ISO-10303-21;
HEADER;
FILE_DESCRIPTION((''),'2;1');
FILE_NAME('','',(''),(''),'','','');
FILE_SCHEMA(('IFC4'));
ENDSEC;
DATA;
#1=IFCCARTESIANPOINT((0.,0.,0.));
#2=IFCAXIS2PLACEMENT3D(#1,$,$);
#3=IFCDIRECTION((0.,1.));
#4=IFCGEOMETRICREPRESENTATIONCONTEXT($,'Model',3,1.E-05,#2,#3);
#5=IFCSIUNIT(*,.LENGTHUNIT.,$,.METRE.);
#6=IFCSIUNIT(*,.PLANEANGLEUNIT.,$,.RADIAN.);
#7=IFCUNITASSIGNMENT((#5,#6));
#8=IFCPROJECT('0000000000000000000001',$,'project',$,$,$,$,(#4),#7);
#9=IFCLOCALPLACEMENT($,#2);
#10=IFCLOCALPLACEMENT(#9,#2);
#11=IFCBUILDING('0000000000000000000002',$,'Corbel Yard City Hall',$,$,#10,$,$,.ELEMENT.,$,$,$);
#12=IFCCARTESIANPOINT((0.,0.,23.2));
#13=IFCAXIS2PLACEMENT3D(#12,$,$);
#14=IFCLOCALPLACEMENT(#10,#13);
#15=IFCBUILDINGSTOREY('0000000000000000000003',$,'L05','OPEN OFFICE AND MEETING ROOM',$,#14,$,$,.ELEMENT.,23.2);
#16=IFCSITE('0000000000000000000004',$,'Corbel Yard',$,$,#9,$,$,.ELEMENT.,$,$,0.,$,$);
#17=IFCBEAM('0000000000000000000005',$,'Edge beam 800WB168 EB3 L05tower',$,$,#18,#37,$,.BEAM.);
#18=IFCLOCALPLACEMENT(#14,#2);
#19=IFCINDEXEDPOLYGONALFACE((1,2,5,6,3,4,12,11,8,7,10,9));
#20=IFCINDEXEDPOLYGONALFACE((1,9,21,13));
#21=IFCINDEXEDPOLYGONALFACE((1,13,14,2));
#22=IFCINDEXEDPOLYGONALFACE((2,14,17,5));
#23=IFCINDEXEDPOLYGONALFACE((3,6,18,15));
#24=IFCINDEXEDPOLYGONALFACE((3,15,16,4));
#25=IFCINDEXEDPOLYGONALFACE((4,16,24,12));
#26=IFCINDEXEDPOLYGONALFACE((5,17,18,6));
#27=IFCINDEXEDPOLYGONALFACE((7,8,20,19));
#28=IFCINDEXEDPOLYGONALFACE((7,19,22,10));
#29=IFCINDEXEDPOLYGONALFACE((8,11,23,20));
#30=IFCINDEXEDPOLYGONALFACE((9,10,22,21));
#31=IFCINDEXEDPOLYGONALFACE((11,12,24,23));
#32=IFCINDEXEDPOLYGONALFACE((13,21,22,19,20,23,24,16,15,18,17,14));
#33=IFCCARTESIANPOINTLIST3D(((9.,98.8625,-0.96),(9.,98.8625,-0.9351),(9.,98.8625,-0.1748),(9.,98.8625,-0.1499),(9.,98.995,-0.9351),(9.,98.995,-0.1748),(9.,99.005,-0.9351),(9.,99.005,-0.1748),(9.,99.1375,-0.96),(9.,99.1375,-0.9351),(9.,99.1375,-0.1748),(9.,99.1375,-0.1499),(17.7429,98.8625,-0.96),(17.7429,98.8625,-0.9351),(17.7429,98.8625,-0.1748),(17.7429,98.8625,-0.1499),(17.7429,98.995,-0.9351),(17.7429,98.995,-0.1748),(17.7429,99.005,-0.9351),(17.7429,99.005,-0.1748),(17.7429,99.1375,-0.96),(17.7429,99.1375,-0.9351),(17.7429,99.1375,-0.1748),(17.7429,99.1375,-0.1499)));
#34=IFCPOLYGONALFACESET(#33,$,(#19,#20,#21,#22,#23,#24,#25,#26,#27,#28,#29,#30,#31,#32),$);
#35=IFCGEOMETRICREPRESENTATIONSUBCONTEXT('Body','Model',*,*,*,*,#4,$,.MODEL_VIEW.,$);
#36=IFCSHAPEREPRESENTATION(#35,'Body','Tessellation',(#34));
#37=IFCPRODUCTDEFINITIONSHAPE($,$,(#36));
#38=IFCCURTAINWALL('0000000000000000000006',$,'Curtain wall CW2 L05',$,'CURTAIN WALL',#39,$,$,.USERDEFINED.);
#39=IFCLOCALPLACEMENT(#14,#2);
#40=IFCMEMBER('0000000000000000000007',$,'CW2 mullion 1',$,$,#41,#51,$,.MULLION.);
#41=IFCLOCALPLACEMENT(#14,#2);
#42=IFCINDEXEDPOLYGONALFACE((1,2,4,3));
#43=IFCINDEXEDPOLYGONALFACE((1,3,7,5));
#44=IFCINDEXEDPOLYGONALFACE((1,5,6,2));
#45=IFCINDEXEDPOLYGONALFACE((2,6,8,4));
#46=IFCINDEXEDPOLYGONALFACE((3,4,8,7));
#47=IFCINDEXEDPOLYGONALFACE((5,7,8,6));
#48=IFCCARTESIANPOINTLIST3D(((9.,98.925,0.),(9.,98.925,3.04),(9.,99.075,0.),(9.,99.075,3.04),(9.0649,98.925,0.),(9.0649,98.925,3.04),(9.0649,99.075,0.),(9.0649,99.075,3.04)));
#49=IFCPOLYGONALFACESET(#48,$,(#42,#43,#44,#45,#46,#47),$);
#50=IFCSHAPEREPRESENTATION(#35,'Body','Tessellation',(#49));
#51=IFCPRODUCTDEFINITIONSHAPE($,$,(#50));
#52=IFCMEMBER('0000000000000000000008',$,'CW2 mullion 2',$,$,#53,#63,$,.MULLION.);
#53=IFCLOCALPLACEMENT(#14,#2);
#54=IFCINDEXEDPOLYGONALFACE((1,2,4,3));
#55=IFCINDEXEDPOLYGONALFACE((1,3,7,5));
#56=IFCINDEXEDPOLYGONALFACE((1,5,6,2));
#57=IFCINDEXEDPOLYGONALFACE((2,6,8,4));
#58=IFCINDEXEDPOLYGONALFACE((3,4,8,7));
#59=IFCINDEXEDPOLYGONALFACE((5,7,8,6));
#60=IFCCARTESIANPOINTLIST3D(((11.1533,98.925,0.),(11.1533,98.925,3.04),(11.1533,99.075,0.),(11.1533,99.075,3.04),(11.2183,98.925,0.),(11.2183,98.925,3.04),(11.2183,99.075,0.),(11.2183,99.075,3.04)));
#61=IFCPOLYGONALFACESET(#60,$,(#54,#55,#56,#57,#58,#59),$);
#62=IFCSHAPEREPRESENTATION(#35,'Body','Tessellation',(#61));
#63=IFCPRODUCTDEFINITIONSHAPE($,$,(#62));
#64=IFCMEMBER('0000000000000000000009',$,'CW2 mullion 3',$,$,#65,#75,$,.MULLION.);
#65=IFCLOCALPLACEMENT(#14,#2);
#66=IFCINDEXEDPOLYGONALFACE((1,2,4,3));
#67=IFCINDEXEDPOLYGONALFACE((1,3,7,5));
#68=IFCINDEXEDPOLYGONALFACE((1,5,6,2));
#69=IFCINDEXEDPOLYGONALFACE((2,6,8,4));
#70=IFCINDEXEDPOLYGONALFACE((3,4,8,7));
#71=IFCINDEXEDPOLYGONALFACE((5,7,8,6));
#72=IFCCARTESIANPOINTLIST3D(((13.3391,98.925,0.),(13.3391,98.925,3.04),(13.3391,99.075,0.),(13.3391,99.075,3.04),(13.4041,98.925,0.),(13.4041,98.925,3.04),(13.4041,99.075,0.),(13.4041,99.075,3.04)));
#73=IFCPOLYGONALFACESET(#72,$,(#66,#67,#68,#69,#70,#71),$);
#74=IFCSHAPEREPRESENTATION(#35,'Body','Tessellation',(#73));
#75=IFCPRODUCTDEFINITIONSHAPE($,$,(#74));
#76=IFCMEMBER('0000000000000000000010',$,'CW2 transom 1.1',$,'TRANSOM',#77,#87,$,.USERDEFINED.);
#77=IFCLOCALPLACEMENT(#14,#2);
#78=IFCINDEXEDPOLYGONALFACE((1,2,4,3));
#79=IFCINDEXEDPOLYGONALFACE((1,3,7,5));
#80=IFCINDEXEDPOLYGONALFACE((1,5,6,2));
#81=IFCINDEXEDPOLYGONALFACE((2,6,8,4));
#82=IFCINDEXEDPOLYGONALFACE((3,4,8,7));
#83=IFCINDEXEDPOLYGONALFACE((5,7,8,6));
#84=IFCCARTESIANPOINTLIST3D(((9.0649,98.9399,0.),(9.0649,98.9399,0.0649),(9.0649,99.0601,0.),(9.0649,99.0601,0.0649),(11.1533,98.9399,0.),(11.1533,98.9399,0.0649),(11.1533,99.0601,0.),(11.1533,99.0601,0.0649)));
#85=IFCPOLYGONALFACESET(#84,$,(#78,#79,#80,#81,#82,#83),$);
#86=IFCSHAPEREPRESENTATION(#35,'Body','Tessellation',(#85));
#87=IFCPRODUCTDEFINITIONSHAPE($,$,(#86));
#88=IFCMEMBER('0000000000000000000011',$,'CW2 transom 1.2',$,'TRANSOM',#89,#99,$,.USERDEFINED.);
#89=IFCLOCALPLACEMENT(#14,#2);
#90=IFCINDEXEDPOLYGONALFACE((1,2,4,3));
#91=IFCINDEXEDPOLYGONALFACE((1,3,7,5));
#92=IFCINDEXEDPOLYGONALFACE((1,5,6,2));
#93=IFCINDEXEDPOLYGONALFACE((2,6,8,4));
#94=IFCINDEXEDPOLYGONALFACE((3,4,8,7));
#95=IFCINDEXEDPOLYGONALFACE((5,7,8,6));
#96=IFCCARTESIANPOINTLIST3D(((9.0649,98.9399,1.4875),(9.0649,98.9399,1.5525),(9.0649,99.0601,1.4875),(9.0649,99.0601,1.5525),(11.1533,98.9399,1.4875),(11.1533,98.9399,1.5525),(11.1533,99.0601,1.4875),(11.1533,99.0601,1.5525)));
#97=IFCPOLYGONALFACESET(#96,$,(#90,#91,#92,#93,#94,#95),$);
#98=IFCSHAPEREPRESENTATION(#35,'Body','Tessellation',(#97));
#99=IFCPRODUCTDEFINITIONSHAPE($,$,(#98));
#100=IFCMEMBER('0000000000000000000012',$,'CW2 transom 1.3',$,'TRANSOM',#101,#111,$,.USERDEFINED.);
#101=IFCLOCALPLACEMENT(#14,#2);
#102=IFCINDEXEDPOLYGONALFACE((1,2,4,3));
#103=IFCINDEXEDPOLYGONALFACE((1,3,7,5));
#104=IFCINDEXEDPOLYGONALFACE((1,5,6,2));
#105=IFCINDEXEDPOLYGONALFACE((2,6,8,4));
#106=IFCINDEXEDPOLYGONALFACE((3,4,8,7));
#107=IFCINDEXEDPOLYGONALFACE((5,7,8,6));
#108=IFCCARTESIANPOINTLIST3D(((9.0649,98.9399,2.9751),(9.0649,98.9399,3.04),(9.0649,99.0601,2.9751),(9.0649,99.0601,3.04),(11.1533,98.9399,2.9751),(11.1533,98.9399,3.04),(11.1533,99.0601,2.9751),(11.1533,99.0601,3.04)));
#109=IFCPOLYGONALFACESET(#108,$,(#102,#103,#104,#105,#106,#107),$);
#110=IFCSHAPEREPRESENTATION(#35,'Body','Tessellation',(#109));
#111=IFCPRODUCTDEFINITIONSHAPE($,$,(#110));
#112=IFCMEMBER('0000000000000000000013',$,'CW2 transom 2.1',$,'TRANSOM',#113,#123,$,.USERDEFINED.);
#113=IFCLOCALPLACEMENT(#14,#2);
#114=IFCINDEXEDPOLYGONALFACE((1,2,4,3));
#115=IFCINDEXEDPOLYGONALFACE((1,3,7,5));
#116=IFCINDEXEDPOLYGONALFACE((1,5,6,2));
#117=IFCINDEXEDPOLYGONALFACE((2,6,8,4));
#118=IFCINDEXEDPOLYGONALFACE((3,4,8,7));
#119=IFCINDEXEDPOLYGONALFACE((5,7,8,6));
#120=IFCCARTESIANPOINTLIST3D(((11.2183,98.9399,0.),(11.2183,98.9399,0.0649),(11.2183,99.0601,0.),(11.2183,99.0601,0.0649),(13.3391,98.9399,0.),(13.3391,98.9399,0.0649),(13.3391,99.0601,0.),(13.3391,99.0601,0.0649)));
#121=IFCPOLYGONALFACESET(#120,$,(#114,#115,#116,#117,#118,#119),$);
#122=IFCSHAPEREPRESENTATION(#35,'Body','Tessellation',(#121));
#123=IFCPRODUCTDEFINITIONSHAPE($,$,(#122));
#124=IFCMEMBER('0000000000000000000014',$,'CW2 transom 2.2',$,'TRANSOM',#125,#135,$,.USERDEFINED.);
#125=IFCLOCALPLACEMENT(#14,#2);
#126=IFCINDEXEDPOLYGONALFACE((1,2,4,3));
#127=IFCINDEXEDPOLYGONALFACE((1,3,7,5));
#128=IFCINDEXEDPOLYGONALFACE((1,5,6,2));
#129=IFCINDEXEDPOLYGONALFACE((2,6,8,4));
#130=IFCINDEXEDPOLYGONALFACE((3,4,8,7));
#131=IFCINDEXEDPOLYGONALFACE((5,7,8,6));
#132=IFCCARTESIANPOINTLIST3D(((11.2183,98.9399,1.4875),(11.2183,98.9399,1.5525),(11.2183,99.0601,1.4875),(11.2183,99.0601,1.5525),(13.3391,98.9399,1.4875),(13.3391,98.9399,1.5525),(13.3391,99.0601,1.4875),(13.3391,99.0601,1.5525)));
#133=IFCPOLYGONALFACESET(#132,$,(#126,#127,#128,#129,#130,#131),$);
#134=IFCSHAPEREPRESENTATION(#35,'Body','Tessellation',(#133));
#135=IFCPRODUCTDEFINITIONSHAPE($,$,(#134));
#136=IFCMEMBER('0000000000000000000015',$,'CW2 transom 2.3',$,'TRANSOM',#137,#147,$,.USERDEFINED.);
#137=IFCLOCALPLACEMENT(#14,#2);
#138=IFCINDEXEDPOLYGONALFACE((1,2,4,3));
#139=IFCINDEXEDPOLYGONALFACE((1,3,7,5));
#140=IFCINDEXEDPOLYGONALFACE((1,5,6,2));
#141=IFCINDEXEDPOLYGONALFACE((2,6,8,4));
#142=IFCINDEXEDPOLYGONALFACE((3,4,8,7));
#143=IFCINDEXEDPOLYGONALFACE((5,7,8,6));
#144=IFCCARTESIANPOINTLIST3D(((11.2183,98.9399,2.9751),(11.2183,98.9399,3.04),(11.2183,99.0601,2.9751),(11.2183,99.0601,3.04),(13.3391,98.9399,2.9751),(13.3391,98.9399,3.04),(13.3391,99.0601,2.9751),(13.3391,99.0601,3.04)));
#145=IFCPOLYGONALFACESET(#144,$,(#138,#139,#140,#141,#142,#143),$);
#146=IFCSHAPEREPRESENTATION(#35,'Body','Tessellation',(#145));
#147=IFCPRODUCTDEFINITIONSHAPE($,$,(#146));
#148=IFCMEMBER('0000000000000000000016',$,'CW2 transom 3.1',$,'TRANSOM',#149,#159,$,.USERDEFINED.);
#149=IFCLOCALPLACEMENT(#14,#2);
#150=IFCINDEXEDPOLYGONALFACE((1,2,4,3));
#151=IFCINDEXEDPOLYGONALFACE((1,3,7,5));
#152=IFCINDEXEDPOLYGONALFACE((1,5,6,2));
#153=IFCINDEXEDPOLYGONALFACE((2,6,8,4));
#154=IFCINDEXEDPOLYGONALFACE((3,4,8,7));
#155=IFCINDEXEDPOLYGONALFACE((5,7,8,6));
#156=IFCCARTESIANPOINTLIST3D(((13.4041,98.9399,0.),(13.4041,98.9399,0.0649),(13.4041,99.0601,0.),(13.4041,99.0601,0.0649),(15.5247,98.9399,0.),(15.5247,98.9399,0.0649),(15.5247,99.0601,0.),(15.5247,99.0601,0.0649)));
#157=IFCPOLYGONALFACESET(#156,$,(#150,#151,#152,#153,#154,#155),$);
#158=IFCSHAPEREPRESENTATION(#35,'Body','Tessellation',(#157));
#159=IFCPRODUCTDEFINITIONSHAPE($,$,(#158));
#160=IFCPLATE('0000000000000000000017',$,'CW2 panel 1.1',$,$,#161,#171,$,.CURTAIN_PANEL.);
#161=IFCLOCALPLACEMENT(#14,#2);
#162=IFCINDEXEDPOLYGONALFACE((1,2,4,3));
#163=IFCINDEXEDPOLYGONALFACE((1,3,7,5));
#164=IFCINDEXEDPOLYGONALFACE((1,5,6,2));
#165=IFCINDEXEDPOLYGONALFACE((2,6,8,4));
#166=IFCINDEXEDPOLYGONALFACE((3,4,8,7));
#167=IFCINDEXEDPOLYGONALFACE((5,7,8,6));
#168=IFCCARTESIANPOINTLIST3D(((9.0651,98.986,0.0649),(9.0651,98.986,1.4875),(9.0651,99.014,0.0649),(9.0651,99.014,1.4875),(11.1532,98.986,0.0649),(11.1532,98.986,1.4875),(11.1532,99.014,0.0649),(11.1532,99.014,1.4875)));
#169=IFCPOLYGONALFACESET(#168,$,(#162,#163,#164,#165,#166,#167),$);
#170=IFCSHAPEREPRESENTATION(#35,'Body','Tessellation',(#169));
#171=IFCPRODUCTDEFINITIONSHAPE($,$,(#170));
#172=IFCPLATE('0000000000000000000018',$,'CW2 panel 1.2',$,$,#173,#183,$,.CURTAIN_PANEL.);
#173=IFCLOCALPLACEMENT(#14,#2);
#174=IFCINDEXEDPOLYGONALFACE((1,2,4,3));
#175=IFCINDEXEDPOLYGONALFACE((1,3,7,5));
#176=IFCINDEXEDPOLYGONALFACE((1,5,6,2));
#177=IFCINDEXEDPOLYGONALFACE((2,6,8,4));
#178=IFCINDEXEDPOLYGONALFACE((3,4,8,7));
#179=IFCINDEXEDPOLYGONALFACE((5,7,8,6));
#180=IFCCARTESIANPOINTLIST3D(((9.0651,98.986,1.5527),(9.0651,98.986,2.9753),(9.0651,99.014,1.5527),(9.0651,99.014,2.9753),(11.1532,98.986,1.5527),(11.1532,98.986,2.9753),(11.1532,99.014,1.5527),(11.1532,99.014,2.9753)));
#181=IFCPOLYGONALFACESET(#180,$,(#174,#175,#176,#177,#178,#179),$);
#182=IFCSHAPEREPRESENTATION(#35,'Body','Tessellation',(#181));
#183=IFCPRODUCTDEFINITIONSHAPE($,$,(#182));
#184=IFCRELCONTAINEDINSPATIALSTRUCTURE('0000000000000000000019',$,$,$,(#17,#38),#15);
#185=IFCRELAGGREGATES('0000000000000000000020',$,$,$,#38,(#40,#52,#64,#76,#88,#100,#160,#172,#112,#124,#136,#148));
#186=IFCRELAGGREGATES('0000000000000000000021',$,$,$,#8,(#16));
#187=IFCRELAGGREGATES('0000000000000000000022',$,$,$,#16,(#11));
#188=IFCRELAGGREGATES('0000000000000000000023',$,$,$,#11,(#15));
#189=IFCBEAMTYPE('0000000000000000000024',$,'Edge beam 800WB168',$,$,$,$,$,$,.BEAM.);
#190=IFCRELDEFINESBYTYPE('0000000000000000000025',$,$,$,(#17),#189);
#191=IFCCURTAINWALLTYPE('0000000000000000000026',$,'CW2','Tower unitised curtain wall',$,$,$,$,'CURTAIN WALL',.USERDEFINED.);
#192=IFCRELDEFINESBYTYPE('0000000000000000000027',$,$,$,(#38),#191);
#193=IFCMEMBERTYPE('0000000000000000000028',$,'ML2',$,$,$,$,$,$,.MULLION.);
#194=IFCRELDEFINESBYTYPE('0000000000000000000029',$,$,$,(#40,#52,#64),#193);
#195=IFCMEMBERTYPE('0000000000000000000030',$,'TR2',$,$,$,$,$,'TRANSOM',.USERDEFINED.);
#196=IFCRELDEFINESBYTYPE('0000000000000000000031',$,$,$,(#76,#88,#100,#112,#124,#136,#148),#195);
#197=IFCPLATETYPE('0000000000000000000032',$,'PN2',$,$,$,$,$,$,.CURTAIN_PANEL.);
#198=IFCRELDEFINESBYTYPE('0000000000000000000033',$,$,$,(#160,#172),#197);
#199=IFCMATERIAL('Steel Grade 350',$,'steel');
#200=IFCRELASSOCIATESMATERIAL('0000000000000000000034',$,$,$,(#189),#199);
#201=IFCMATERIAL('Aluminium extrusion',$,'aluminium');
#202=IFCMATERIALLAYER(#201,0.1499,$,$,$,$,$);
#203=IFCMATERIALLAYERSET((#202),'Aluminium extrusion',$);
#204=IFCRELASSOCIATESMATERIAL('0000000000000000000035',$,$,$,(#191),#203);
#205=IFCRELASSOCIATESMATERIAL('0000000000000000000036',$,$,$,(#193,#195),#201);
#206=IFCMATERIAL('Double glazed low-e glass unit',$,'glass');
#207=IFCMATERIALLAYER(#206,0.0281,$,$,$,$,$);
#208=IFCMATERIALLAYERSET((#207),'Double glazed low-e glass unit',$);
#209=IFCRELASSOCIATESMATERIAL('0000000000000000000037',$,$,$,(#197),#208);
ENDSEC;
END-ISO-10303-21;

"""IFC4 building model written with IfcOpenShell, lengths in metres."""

from ifc_helpers import new_model, si_unit, direction, frame, origin, origin_2d, place, context, subcontext, project, spatial, rectangle, i_section, extrude, material, layer, layer_set, material_profile, profile_set, type_object, element, aggregate, save


model = new_model("IFC4")

# Units and contexts
model_context = context("Model", 3, precision=1e-05, world=origin(), true_north=direction((0.0, 1.0)))
body_context = subcontext(model_context, "Body", "Model", "MODEL_VIEW")
ifc_project = project(units=[si_unit("LENGTHUNIT", "METRE"), si_unit("PLANEANGLEUNIT", "RADIAN")], contexts=[model_context])

# Site, building, storey
site_placement = place(None, origin())
site = spatial("IfcSite", under=ifc_project, at=site_placement, Name="Corbel Yard", CompositionType="ELEMENT", RefElevation=0.0)
building_placement = place(site_placement, origin())
building = spatial("IfcBuilding", under=site, at=building_placement, Name="Corbel Yard City Hall", CompositionType="ELEMENT")
storey_placement = place(building_placement, frame((0.0, 0.0, 23.2)))
storey = spatial("IfcBuildingStorey", under=building, at=storey_placement, Name="L05", Description="OPEN OFFICE AND MEETING ROOM", CompositionType="ELEMENT", Elevation=23.2)

# Beam
ifc_material_1 = material(Name="Steel Grade 350", Category="steel")
ifc_material_profile_1 = material_profile(ifc_material_1, i_section(OverallWidth=0.2749, OverallDepth=0.8101, WebThickness=0.01, FlangeThickness=0.0249, at=origin_2d()), Name="800WB168")
ifc_profile_set_1 = profile_set([ifc_material_profile_1], Name="Steel Grade 350")
beam_type = type_object("IfcBeamType", Name="Edge beam 800WB168", PredefinedType="BEAM", material=ifc_profile_set_1)
beam_placement = place(storey_placement, frame((9.0, 99.0, -0.5549), z_axis=(1.0, 0.0, 0.0), x_axis=(0.0, 1.0, 0.0)))
element("IfcBeam", 1, at=beam_placement, inside=storey, type_object=beam_type, Name="Edge beam 800WB168 EB3 L05tower", PredefinedType="BEAM", context=body_context, shape_type="SweptSolid", body=[
    extrude(i_section(OverallWidth=0.2749, OverallDepth=0.8101, WebThickness=0.01, FlangeThickness=0.0249, at=origin_2d()), origin(), (0.0, 0.0, 1.0), 8.7429),
])

# Curtain wall, members, plates
ifc_material_2 = material(Name="Aluminium extrusion", Category="aluminium")
ifc_layer_1 = layer(ifc_material_2, 0.1499)
ifc_layer_set_1 = layer_set([ifc_layer_1], Name="Aluminium extrusion")
curtain_wall_type = type_object("IfcCurtainWallType", Name="CW2", Description="Tower unitised curtain wall", ElementType="CURTAIN WALL", PredefinedType="USERDEFINED", material=ifc_layer_set_1)
curtain_wall_placement = place(storey_placement, origin())
curtain_wall = element("IfcCurtainWall", 2, at=curtain_wall_placement, inside=storey, type_object=curtain_wall_type, Name="Curtain wall CW2 L05", ObjectType="CURTAIN WALL", PredefinedType="USERDEFINED")
ifc_material_profile_2 = material_profile(ifc_material_2, rectangle(XDim=0.1499, YDim=0.0649, at=origin_2d()), Name="150x65")
ifc_profile_set_2 = profile_set([ifc_material_profile_2], Name="Aluminium extrusion")
member_type_1 = type_object("IfcMemberType", Name="ML2", PredefinedType="MULLION", material=ifc_profile_set_2)
member_1_placement = place(storey_placement, frame((9.0325, 99.0, 0.0), z_axis=(0.0, 0.0, 1.0), x_axis=(0.0, 1.0, 0.0)))
member_1 = element("IfcMember", 3, at=member_1_placement, type_object=member_type_1, Name="CW2 mullion 1", PredefinedType="MULLION", context=body_context, shape_type="SweptSolid", body=[
    extrude(rectangle(XDim=0.1499, YDim=0.0649, at=origin_2d()), origin(), (0.0, 0.0, 1.0), 3.04),
])
member_2_placement = place(storey_placement, frame((11.1858, 99.0, 0.0), z_axis=(0.0, 0.0, 1.0), x_axis=(0.0, 1.0, 0.0)))
member_2 = element("IfcMember", 4, at=member_2_placement, type_object=member_type_1, Name="CW2 mullion 2", PredefinedType="MULLION", context=body_context, shape_type="SweptSolid", body=[
    extrude(rectangle(XDim=0.1499, YDim=0.0649, at=origin_2d()), origin(), (0.0, 0.0, 1.0), 3.04),
])
member_3_placement = place(storey_placement, frame((13.3716, 99.0, 0.0), z_axis=(0.0, 0.0, 1.0), x_axis=(0.0, 1.0, 0.0)))
member_3 = element("IfcMember", 5, at=member_3_placement, type_object=member_type_1, Name="CW2 mullion 3", PredefinedType="MULLION", context=body_context, shape_type="SweptSolid", body=[
    extrude(rectangle(XDim=0.1499, YDim=0.0649, at=origin_2d()), origin(), (0.0, 0.0, 1.0), 3.04),
])
ifc_material_profile_3 = material_profile(ifc_material_2, rectangle(XDim=0.1201, YDim=0.0649, at=origin_2d()), Name="120x65")
ifc_profile_set_3 = profile_set([ifc_material_profile_3], Name="Aluminium extrusion")
member_type_2 = type_object("IfcMemberType", Name="TR2", ElementType="TRANSOM", PredefinedType="USERDEFINED", material=ifc_profile_set_3)
member_4_placement = place(storey_placement, frame((9.0649, 99.0, 0.0325), z_axis=(1.0, 0.0, 0.0), x_axis=(0.0, 1.0, 0.0)))
member_4 = element("IfcMember", 6, at=member_4_placement, type_object=member_type_2, Name="CW2 transom 1.1", ObjectType="TRANSOM", PredefinedType="USERDEFINED", context=body_context, shape_type="SweptSolid", body=[
    extrude(rectangle(XDim=0.1201, YDim=0.0649, at=origin_2d()), origin(), (0.0, 0.0, 1.0), 2.0884),
])
member_5_placement = place(storey_placement, frame((9.0649, 99.0, 1.52), z_axis=(1.0, 0.0, 0.0), x_axis=(0.0, 1.0, 0.0)))
member_5 = element("IfcMember", 7, at=member_5_placement, type_object=member_type_2, Name="CW2 transom 1.2", ObjectType="TRANSOM", PredefinedType="USERDEFINED", context=body_context, shape_type="SweptSolid", body=[
    extrude(rectangle(XDim=0.1201, YDim=0.0649, at=origin_2d()), origin(), (0.0, 0.0, 1.0), 2.0884),
])
member_6_placement = place(storey_placement, frame((9.0649, 99.0, 3.0076), z_axis=(1.0, 0.0, 0.0), x_axis=(0.0, 1.0, 0.0)))
member_6 = element("IfcMember", 8, at=member_6_placement, type_object=member_type_2, Name="CW2 transom 1.3", ObjectType="TRANSOM", PredefinedType="USERDEFINED", context=body_context, shape_type="SweptSolid", body=[
    extrude(rectangle(XDim=0.1201, YDim=0.0649, at=origin_2d()), origin(), (0.0, 0.0, 1.0), 2.0884),
])
member_7_placement = place(storey_placement, frame((11.2183, 99.0, 0.0325), z_axis=(1.0, 0.0, 0.0), x_axis=(0.0, 1.0, 0.0)))
member_7 = element("IfcMember", 9, at=member_7_placement, type_object=member_type_2, Name="CW2 transom 2.1", ObjectType="TRANSOM", PredefinedType="USERDEFINED", context=body_context, shape_type="SweptSolid", body=[
    extrude(rectangle(XDim=0.1201, YDim=0.0649, at=origin_2d()), origin(), (0.0, 0.0, 1.0), 2.1208),
])
member_8_placement = place(storey_placement, frame((11.2183, 99.0, 1.52), z_axis=(1.0, 0.0, 0.0), x_axis=(0.0, 1.0, 0.0)))
member_8 = element("IfcMember", 10, at=member_8_placement, type_object=member_type_2, Name="CW2 transom 2.2", ObjectType="TRANSOM", PredefinedType="USERDEFINED", context=body_context, shape_type="SweptSolid", body=[
    extrude(rectangle(XDim=0.1201, YDim=0.0649, at=origin_2d()), origin(), (0.0, 0.0, 1.0), 2.1208),
])
member_9_placement = place(storey_placement, frame((11.2183, 99.0, 3.0076), z_axis=(1.0, 0.0, 0.0), x_axis=(0.0, 1.0, 0.0)))
member_9 = element("IfcMember", 11, at=member_9_placement, type_object=member_type_2, Name="CW2 transom 2.3", ObjectType="TRANSOM", PredefinedType="USERDEFINED", context=body_context, shape_type="SweptSolid", body=[
    extrude(rectangle(XDim=0.1201, YDim=0.0649, at=origin_2d()), origin(), (0.0, 0.0, 1.0), 2.1208),
])
member_10_placement = place(storey_placement, frame((13.4041, 99.0, 0.0325), z_axis=(1.0, 0.0, 0.0), x_axis=(0.0, 1.0, 0.0)))
member_10 = element("IfcMember", 12, at=member_10_placement, type_object=member_type_2, Name="CW2 transom 3.1", ObjectType="TRANSOM", PredefinedType="USERDEFINED", context=body_context, shape_type="SweptSolid", body=[
    extrude(rectangle(XDim=0.1201, YDim=0.0649, at=origin_2d()), origin(), (0.0, 0.0, 1.0), 2.1206),
])
ifc_material_3 = material(Name="Double glazed low-e glass unit", Category="glass")
ifc_layer_2 = layer(ifc_material_3, 0.0281)
ifc_layer_set_2 = layer_set([ifc_layer_2], Name="Double glazed low-e glass unit")
plate_type = type_object("IfcPlateType", Name="PN2", PredefinedType="CURTAIN_PANEL", material=ifc_layer_set_2)
plate_1_placement = place(storey_placement, frame((10.1091, 99.0, 0.0649), z_axis=(0.0, 0.0, 1.0), x_axis=(1.0, 0.0, 0.0)))
plate_1 = element("IfcPlate", 13, at=plate_1_placement, type_object=plate_type, Name="CW2 panel 1.1", PredefinedType="CURTAIN_PANEL", context=body_context, shape_type="SweptSolid", body=[
    extrude(rectangle(XDim=2.0881, YDim=0.0281, at=origin_2d()), origin(), (0.0, 0.0, 1.0), 1.4226),
])
plate_2_placement = place(storey_placement, frame((10.1091, 99.0, 1.5527), z_axis=(0.0, 0.0, 1.0), x_axis=(1.0, 0.0, 0.0)))
plate_2 = element("IfcPlate", 14, at=plate_2_placement, type_object=plate_type, Name="CW2 panel 1.2", PredefinedType="CURTAIN_PANEL", context=body_context, shape_type="SweptSolid", body=[
    extrude(rectangle(XDim=2.0881, YDim=0.0281, at=origin_2d()), origin(), (0.0, 0.0, 1.0), 1.4226),
])
aggregate(curtain_wall, [member_1, member_2, member_3, member_4, member_5, member_6, plate_1, plate_2, member_7, member_8, member_9, member_10])

save(model, "model.ifc")
